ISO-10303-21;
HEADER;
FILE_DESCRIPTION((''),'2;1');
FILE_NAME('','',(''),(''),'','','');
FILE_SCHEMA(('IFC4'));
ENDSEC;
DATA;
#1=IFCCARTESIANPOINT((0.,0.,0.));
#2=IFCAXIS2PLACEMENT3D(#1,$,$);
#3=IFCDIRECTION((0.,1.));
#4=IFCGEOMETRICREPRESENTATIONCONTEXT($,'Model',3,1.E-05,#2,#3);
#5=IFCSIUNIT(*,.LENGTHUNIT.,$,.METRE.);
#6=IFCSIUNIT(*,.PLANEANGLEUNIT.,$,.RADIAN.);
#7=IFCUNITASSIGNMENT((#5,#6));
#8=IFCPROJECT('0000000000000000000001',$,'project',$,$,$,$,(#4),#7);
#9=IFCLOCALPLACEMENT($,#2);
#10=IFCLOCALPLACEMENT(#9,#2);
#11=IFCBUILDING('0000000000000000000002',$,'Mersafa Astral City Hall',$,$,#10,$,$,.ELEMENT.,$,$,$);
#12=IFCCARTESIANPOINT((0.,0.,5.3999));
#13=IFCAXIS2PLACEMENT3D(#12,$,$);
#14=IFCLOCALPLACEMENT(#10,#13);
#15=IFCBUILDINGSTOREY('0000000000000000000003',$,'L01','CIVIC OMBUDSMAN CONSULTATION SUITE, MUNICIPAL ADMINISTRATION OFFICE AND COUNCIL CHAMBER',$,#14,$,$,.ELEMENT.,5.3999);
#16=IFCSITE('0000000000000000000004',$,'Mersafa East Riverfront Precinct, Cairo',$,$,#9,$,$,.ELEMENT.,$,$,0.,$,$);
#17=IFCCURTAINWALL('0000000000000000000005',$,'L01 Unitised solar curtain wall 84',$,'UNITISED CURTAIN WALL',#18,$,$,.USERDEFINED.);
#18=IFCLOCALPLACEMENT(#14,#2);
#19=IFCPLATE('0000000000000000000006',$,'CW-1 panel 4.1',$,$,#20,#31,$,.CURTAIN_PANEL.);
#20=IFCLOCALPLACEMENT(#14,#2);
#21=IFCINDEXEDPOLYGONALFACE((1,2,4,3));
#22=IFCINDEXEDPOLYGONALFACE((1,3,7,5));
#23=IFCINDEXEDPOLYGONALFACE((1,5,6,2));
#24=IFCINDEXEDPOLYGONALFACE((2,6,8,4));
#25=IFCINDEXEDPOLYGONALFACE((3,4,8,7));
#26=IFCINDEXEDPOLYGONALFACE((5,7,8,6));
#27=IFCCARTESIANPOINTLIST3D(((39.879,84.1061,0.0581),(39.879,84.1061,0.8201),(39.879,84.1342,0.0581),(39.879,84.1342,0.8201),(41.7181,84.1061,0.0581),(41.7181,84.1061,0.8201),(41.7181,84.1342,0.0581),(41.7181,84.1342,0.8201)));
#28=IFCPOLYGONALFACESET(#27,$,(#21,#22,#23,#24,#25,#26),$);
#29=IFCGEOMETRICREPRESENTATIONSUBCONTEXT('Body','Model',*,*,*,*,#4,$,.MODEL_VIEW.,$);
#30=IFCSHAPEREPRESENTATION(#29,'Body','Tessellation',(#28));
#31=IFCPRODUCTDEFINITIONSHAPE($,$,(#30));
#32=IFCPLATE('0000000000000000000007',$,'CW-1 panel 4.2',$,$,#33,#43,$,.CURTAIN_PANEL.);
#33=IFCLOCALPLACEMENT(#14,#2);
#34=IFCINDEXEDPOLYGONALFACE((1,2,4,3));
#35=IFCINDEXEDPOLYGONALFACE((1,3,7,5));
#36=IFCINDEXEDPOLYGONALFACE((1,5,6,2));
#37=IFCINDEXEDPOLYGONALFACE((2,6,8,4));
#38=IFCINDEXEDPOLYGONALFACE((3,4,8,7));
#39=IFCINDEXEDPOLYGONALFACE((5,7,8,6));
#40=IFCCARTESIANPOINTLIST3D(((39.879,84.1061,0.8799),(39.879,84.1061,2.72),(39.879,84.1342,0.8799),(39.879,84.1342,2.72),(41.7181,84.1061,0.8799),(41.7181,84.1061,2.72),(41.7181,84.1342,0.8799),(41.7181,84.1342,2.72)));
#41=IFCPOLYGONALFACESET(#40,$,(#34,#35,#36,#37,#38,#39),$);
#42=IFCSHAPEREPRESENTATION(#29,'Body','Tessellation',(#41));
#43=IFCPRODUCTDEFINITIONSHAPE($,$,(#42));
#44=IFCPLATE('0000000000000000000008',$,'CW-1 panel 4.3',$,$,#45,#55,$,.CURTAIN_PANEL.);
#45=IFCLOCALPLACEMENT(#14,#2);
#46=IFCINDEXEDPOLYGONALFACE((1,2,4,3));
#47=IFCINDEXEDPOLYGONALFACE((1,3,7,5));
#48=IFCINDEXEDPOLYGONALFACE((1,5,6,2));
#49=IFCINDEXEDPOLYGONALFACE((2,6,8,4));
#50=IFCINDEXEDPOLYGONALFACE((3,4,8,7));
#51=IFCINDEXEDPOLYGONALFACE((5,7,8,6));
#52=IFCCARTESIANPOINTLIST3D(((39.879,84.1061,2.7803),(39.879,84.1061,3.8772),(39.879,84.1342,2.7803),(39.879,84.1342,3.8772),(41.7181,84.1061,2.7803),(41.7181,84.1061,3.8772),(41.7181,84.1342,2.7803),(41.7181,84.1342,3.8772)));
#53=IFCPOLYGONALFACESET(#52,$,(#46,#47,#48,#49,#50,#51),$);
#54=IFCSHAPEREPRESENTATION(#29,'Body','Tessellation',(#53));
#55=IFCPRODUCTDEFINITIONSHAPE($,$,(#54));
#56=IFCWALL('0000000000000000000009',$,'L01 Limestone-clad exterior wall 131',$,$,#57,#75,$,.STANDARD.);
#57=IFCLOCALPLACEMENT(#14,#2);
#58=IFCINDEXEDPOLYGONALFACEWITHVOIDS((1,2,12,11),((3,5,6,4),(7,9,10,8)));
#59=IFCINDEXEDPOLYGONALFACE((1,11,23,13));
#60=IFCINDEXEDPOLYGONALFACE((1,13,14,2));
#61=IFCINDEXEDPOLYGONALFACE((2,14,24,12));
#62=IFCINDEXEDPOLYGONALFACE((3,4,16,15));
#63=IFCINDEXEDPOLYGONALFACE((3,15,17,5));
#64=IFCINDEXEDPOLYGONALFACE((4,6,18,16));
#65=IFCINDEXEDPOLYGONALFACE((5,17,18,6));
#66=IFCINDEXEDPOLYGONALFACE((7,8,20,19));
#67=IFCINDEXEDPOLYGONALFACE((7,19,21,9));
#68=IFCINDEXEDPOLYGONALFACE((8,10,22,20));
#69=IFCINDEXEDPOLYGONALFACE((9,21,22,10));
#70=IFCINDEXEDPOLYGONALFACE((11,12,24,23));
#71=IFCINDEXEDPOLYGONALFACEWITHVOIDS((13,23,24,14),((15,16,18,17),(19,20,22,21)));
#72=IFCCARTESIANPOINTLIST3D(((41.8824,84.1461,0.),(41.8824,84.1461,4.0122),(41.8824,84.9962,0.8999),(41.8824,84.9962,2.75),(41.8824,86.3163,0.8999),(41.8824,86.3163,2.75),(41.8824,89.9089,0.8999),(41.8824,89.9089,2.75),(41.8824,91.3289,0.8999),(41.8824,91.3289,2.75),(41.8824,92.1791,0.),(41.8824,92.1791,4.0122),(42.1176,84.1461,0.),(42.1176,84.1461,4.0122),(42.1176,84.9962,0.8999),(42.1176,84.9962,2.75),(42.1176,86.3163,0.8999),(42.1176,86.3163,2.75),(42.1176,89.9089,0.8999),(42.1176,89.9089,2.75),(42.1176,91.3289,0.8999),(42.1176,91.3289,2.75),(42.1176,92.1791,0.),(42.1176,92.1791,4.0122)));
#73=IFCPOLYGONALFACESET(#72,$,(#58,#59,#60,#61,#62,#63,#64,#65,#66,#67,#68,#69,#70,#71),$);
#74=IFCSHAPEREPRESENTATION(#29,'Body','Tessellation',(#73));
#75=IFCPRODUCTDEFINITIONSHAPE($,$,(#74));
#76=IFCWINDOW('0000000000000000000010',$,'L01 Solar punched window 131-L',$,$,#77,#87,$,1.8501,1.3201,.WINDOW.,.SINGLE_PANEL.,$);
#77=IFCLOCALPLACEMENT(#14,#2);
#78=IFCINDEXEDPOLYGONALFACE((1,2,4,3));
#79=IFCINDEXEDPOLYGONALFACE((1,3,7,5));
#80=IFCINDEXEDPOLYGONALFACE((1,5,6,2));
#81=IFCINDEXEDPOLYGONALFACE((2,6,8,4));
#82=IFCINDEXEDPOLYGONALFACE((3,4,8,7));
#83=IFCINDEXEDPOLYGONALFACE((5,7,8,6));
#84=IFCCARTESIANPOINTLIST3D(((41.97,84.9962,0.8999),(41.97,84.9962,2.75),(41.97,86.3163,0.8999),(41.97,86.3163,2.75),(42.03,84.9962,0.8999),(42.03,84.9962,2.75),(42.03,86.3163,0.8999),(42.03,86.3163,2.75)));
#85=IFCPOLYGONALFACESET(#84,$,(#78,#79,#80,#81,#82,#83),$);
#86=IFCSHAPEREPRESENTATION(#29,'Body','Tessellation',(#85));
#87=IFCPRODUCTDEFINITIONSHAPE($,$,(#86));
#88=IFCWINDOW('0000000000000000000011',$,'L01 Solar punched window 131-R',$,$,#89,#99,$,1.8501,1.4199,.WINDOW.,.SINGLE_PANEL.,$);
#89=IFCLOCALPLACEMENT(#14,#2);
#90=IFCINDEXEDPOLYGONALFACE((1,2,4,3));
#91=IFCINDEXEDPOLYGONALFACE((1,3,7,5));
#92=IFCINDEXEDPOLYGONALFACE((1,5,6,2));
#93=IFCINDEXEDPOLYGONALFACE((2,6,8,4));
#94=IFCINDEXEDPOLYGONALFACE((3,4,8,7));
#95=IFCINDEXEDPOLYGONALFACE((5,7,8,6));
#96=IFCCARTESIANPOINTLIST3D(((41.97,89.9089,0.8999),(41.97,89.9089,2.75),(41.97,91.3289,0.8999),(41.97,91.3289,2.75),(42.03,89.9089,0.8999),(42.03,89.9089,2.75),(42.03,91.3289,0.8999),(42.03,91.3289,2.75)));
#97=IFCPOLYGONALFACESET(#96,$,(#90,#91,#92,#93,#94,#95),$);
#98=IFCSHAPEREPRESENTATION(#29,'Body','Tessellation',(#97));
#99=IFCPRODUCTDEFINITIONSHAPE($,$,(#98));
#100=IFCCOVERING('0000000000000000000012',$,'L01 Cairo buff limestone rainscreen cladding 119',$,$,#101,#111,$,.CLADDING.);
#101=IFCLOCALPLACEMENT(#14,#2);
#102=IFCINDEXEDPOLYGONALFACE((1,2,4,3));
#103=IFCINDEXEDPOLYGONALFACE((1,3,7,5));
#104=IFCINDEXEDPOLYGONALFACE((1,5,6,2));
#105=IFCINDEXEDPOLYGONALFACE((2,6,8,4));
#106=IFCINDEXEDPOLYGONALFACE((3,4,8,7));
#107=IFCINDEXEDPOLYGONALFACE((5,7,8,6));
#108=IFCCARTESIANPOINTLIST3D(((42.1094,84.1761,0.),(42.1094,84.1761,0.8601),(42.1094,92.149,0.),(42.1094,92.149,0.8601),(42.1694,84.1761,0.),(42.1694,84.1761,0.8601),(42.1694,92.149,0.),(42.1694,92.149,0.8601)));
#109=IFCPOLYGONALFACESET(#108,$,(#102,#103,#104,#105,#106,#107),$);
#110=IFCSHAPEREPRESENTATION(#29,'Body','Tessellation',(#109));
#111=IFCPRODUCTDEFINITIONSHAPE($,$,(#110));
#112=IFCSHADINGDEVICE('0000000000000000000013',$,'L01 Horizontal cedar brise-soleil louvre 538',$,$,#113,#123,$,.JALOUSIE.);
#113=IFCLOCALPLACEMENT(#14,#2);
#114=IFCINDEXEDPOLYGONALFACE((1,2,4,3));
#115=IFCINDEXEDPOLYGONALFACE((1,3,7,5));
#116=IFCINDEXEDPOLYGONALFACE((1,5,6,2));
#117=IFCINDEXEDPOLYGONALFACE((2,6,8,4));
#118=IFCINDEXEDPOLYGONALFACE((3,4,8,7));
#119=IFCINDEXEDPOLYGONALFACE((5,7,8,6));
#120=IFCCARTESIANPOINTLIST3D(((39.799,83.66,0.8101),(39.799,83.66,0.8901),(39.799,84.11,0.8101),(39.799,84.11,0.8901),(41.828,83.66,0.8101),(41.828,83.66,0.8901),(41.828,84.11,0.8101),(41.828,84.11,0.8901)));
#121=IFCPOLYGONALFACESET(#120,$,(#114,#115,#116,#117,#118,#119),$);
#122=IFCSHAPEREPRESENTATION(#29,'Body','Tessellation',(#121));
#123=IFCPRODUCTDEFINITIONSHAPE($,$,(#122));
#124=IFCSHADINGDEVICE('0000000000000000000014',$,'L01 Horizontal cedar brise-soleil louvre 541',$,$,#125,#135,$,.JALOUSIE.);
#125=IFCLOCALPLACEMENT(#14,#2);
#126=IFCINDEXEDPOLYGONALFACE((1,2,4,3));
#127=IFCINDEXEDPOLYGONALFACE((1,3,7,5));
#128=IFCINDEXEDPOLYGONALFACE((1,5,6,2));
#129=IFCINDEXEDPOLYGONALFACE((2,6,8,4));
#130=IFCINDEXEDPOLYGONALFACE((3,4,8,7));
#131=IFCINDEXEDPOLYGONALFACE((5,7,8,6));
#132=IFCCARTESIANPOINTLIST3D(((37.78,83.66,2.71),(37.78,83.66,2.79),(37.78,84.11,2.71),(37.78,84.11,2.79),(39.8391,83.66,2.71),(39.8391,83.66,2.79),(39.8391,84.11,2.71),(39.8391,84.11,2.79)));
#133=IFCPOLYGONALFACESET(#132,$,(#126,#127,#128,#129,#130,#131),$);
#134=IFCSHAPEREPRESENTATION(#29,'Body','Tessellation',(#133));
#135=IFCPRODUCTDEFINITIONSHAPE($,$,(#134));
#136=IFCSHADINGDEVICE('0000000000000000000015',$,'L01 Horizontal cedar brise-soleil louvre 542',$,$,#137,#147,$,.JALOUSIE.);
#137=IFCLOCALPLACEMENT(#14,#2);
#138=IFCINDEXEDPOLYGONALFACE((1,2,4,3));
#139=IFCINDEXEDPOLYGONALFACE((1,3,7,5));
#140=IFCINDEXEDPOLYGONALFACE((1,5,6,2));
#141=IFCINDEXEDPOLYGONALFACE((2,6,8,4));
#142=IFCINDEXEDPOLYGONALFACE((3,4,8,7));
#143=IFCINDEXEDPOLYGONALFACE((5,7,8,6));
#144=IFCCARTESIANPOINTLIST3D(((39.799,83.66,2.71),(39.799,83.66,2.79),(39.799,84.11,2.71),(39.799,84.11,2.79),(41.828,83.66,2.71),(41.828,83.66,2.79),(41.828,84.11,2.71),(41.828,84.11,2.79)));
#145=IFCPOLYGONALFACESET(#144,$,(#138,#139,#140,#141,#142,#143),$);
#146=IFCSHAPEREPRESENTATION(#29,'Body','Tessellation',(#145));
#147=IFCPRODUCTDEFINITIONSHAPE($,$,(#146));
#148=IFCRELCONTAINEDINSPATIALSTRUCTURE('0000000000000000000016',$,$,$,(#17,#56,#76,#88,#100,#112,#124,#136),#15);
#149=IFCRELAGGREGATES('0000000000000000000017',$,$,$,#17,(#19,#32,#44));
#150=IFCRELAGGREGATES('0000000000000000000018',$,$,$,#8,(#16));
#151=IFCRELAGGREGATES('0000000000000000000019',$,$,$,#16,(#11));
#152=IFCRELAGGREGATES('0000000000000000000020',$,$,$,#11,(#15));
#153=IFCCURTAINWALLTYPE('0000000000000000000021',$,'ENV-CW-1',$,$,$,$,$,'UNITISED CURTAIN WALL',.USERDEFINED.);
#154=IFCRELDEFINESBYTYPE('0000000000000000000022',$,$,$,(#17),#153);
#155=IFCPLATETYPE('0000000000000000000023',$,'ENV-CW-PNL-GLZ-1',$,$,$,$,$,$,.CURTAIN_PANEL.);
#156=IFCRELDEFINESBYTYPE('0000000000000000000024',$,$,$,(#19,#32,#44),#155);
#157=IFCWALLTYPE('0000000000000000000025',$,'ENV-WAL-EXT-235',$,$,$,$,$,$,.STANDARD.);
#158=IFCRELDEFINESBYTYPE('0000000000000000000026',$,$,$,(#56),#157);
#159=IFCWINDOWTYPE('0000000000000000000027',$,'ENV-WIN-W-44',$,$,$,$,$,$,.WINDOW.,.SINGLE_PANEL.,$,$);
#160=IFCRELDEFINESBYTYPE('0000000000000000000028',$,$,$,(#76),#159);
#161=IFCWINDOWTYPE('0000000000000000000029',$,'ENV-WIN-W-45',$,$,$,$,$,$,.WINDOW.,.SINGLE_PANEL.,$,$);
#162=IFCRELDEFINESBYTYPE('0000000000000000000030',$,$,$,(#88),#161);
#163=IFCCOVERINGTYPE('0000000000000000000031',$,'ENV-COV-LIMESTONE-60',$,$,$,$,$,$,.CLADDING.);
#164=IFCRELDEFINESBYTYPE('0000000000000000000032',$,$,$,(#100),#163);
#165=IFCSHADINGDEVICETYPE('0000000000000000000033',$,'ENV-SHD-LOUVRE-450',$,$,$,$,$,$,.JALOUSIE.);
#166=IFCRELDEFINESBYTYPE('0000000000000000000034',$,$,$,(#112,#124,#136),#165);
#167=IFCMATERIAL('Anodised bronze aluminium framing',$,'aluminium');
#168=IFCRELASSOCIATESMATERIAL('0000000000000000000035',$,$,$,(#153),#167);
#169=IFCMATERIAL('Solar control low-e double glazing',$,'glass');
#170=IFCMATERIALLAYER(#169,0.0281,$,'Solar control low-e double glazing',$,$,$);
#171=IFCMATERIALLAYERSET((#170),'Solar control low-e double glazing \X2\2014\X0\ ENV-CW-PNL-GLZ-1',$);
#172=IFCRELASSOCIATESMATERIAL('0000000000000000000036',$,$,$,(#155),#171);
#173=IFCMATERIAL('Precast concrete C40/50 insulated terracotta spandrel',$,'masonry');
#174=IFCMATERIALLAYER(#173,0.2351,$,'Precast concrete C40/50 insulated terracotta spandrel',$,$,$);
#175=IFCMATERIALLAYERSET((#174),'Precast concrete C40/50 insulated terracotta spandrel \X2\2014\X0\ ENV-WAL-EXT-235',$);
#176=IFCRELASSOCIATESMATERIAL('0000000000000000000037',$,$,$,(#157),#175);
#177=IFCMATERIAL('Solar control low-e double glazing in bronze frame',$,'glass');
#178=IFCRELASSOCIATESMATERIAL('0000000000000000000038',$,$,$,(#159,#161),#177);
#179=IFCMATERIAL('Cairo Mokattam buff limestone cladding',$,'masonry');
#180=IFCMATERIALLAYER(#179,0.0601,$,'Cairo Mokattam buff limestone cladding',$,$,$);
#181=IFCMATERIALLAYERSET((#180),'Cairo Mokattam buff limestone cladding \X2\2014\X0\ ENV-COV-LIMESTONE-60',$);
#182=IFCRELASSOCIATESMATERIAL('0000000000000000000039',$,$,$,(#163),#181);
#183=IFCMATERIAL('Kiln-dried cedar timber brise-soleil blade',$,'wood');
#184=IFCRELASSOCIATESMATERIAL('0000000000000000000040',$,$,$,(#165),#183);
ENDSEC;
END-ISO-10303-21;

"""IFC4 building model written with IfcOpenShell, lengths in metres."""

from ifc_helpers import new_model, si_unit, direction, frame, frame_2d, origin, origin_2d, place, context, subcontext, project, spatial, rectangle, extrude, material, layer, layer_set, type_object, element, fill, aggregate, save


model = new_model("IFC4")

# Units and contexts
model_context = context("Model", 3, precision=1e-05, world=origin(), true_north=direction((0.0, 1.0)))
body_context = subcontext(model_context, "Body", "Model", "MODEL_VIEW")
ifc_project = project(units=[si_unit("LENGTHUNIT", "METRE"), si_unit("PLANEANGLEUNIT", "RADIAN")], contexts=[model_context])

# Site, building, storey
site_placement = place(None, origin())
site = spatial("IfcSite", under=ifc_project, at=site_placement, Name="Mersafa East Riverfront Precinct, Cairo", CompositionType="ELEMENT", RefElevation=0.0)
building_placement = place(site_placement, origin())
building = spatial("IfcBuilding", under=site, at=building_placement, Name="Mersafa Astral City Hall", CompositionType="ELEMENT")
storey_placement = place(building_placement, frame((0.0, 0.0, 5.3999)))
storey = spatial("IfcBuildingStorey", under=building, at=storey_placement, Name="L01", Description="CIVIC OMBUDSMAN CONSULTATION SUITE, MUNICIPAL ADMINISTRATION OFFICE AND COUNCIL CHAMBER", CompositionType="ELEMENT", Elevation=5.3999)

# Curtain wall
ifc_material_1 = material(Name="Anodised bronze aluminium framing", Category="aluminium")
curtain_wall_type_1 = type_object("IfcCurtainWallType", Name="ENV-CW-1", ElementType="UNITISED CURTAIN WALL", PredefinedType="USERDEFINED", material=ifc_material_1)
curtain_wall_1_placement = place(storey_placement, origin())
curtain_wall_1 = element("IfcCurtainWall", 1, at=curtain_wall_1_placement, inside=storey, type_object=curtain_wall_type_1, Name="L01 Unitised solar curtain wall 84", ObjectType="UNITISED CURTAIN WALL", PredefinedType="USERDEFINED")

# Plates
ifc_material_2 = material(Name="Solar control low-e double glazing", Category="glass")
ifc_layer_1 = layer(ifc_material_2, 0.0281, Name="Solar control low-e double glazing")
ifc_layer_set_1 = layer_set([ifc_layer_1], Name="Solar control low-e double glazing — ENV-CW-PNL-GLZ-1")
plate_type = type_object("IfcPlateType", Name="ENV-CW-PNL-GLZ-1", PredefinedType="CURTAIN_PANEL", material=ifc_layer_set_1)
plate_1_placement = place(storey_placement, frame((40.7986, 84.1201, 0.0581), z_axis=(0.0, 0.0, 1.0), x_axis=(1.0, 0.0, 0.0)))
plate_1 = element("IfcPlate", 2, at=plate_1_placement, type_object=plate_type, Name="CW-1 panel 4.1", PredefinedType="CURTAIN_PANEL", context=body_context, shape_type="SweptSolid", body=[
    extrude(rectangle(XDim=1.8391, YDim=0.0281, at=origin_2d()), origin(), (0.0, 0.0, 1.0), 0.762),
])
plate_2_placement = place(storey_placement, frame((40.7986, 84.1201, 0.8799), z_axis=(0.0, 0.0, 1.0), x_axis=(1.0, 0.0, 0.0)))
plate_2 = element("IfcPlate", 3, at=plate_2_placement, type_object=plate_type, Name="CW-1 panel 4.2", PredefinedType="CURTAIN_PANEL", context=body_context, shape_type="SweptSolid", body=[
    extrude(rectangle(XDim=1.8391, YDim=0.0281, at=origin_2d()), origin(), (0.0, 0.0, 1.0), 1.8401),
])
plate_3_placement = place(storey_placement, frame((40.7986, 84.1201, 2.7803), z_axis=(0.0, 0.0, 1.0), x_axis=(1.0, 0.0, 0.0)))
plate_3 = element("IfcPlate", 4, at=plate_3_placement, type_object=plate_type, Name="CW-1 panel 4.3", PredefinedType="CURTAIN_PANEL", context=body_context, shape_type="SweptSolid", body=[
    extrude(rectangle(XDim=1.8391, YDim=0.0281, at=origin_2d()), origin(), (0.0, 0.0, 1.0), 1.0969),
])
aggregate(curtain_wall_1, [plate_1, plate_2, plate_3])

# Wall, openings, windows
ifc_material_3 = material(Name="Precast concrete C40/50 insulated terracotta spandrel", Category="masonry")
ifc_layer_2 = layer(ifc_material_3, 0.2351, Name="Precast concrete C40/50 insulated terracotta spandrel")
ifc_layer_set_2 = layer_set([ifc_layer_2], Name="Precast concrete C40/50 insulated terracotta spandrel — ENV-WAL-EXT-235")
wall_type = type_object("IfcWallType", Name="ENV-WAL-EXT-235", PredefinedType="STANDARD", material=ifc_layer_set_2)
wall_placement = place(storey_placement, frame((42.0, 84.146, 0.0), z_axis=(0.0, 0.0, 1.0), x_axis=(0.0, 1.0, 0.0)))
wall = element("IfcWall", 5, at=wall_placement, inside=storey, type_object=wall_type, Name="L01 Limestone-clad exterior wall 131", PredefinedType="STANDARD", context=body_context, shape_type="SweptSolid", body=[
    extrude(rectangle(XDim=8.033, YDim=0.2351, at=frame_2d((4.0166, 0.0))), origin(), (0.0, 0.0, 1.0), 4.0122),
])
opening_1_placement = place(wall_placement, frame((0.8501, 0.0, 0.8999)))
opening_1 = element("IfcOpeningElement", 6, at=opening_1_placement, cuts=wall, PredefinedType="OPENING", context=body_context, shape_type="SweptSolid", body=[
    extrude(rectangle(XDim=1.3201, YDim=1.8501, at=frame_2d((0.6602, 0.925))), frame((0.0, 0.1274, 0.0), z_axis=(0.0, -1.0, 0.0), x_axis=(1.0, 0.0, 0.0)), (0.0, 0.0, 1.0), 0.2551),
])
opening_2_placement = place(wall_placement, frame((5.7629, 0.0, 0.8999)))
opening_2 = element("IfcOpeningElement", 7, at=opening_2_placement, cuts=wall, PredefinedType="OPENING", context=body_context, shape_type="SweptSolid", body=[
    extrude(rectangle(XDim=1.4199, YDim=1.8501, at=frame_2d((0.71, 0.925))), frame((0.0, 0.1274, 0.0), z_axis=(0.0, -1.0, 0.0), x_axis=(1.0, 0.0, 0.0)), (0.0, 0.0, 1.0), 0.2551),
])
ifc_material_4 = material(Name="Solar control low-e double glazing in bronze frame", Category="glass")
window_type_1 = type_object("IfcWindowType", Name="ENV-WIN-W-44", PartitioningType="SINGLE_PANEL", PredefinedType="WINDOW", material=ifc_material_4)
window_1_placement = place(opening_1_placement, origin())
window_1 = element("IfcWindow", 8, at=window_1_placement, inside=storey, type_object=window_type_1, Name="L01 Solar punched window 131-L", OverallHeight=1.8501, OverallWidth=1.3201, PartitioningType="SINGLE_PANEL", PredefinedType="WINDOW", context=body_context, shape_type="SweptSolid", body=[
    extrude(rectangle(XDim=1.3201, YDim=1.8501, at=frame_2d((0.6602, 0.925))), frame((0.0, 0.03, 0.0), z_axis=(0.0, -1.0, 0.0), x_axis=(1.0, 0.0, 0.0)), (0.0, 0.0, 1.0), 0.0601),
])
fill(opening_1, window_1)
window_type_2 = type_object("IfcWindowType", Name="ENV-WIN-W-45", PartitioningType="SINGLE_PANEL", PredefinedType="WINDOW", material=ifc_material_4)
window_2_placement = place(opening_2_placement, origin())
window_2 = element("IfcWindow", 9, at=window_2_placement, inside=storey, type_object=window_type_2, Name="L01 Solar punched window 131-R", OverallHeight=1.8501, OverallWidth=1.4199, PartitioningType="SINGLE_PANEL", PredefinedType="WINDOW", context=body_context, shape_type="SweptSolid", body=[
    extrude(rectangle(XDim=1.4199, YDim=1.8501, at=frame_2d((0.71, 0.925))), frame((0.0, 0.03, 0.0), z_axis=(0.0, -1.0, 0.0), x_axis=(1.0, 0.0, 0.0)), (0.0, 0.0, 1.0), 0.0601),
])
fill(opening_2, window_2)

# Covering
ifc_material_5 = material(Name="Cairo Mokattam buff limestone cladding", Category="masonry")
ifc_layer_3 = layer(ifc_material_5, 0.0601, Name="Cairo Mokattam buff limestone cladding")
ifc_layer_set_3 = layer_set([ifc_layer_3], Name="Cairo Mokattam buff limestone cladding — ENV-COV-LIMESTONE-60")
covering_type = type_object("IfcCoveringType", Name="ENV-COV-LIMESTONE-60", PredefinedType="CLADDING", material=ifc_layer_set_3)
covering_placement = place(storey_placement, frame((42.1394, 88.1626, 0.0), z_axis=(0.0, 0.0, 1.0), x_axis=(0.0, 1.0, 0.0)))
element("IfcCovering", 10, at=covering_placement, inside=storey, type_object=covering_type, Name="L01 Cairo buff limestone rainscreen cladding 119", PredefinedType="CLADDING", context=body_context, shape_type="SweptSolid", body=[
    extrude(rectangle(XDim=7.9729, YDim=0.0601, at=origin_2d()), origin(), (0.0, 0.0, 1.0), 0.8601),
])

# Shading devices
ifc_material_6 = material(Name="Kiln-dried cedar timber brise-soleil blade", Category="wood")
shading_device_type = type_object("IfcShadingDeviceType", Name="ENV-SHD-LOUVRE-450", PredefinedType="JALOUSIE", material=ifc_material_6)
shading_device_1_placement = place(storey_placement, frame((40.8135, 83.885, 0.8101), z_axis=(0.0, 0.0, 1.0), x_axis=(1.0, 0.0, 0.0)))
element("IfcShadingDevice", 11, at=shading_device_1_placement, inside=storey, type_object=shading_device_type, Name="L01 Horizontal cedar brise-soleil louvre 538", PredefinedType="JALOUSIE", context=body_context, shape_type="SweptSolid", body=[
    extrude(rectangle(XDim=2.0291, YDim=0.45, at=origin_2d()), origin(), (0.0, 0.0, 1.0), 0.0801),
])
shading_device_2_placement = place(storey_placement, frame((38.8096, 83.885, 2.71), z_axis=(0.0, 0.0, 1.0), x_axis=(1.0, 0.0, 0.0)))
element("IfcShadingDevice", 12, at=shading_device_2_placement, inside=storey, type_object=shading_device_type, Name="L01 Horizontal cedar brise-soleil louvre 541", PredefinedType="JALOUSIE", context=body_context, shape_type="SweptSolid", body=[
    extrude(rectangle(XDim=2.0591, YDim=0.45, at=origin_2d()), origin(), (0.0, 0.0, 1.0), 0.0801),
])
shading_device_3_placement = place(storey_placement, frame((40.8135, 83.885, 2.71), z_axis=(0.0, 0.0, 1.0), x_axis=(1.0, 0.0, 0.0)))
element("IfcShadingDevice", 13, at=shading_device_3_placement, inside=storey, type_object=shading_device_type, Name="L01 Horizontal cedar brise-soleil louvre 542", PredefinedType="JALOUSIE", context=body_context, shape_type="SweptSolid", body=[
    extrude(rectangle(XDim=2.0291, YDim=0.45, at=origin_2d()), origin(), (0.0, 0.0, 1.0), 0.0801),
])

save(model, "model.ifc")
